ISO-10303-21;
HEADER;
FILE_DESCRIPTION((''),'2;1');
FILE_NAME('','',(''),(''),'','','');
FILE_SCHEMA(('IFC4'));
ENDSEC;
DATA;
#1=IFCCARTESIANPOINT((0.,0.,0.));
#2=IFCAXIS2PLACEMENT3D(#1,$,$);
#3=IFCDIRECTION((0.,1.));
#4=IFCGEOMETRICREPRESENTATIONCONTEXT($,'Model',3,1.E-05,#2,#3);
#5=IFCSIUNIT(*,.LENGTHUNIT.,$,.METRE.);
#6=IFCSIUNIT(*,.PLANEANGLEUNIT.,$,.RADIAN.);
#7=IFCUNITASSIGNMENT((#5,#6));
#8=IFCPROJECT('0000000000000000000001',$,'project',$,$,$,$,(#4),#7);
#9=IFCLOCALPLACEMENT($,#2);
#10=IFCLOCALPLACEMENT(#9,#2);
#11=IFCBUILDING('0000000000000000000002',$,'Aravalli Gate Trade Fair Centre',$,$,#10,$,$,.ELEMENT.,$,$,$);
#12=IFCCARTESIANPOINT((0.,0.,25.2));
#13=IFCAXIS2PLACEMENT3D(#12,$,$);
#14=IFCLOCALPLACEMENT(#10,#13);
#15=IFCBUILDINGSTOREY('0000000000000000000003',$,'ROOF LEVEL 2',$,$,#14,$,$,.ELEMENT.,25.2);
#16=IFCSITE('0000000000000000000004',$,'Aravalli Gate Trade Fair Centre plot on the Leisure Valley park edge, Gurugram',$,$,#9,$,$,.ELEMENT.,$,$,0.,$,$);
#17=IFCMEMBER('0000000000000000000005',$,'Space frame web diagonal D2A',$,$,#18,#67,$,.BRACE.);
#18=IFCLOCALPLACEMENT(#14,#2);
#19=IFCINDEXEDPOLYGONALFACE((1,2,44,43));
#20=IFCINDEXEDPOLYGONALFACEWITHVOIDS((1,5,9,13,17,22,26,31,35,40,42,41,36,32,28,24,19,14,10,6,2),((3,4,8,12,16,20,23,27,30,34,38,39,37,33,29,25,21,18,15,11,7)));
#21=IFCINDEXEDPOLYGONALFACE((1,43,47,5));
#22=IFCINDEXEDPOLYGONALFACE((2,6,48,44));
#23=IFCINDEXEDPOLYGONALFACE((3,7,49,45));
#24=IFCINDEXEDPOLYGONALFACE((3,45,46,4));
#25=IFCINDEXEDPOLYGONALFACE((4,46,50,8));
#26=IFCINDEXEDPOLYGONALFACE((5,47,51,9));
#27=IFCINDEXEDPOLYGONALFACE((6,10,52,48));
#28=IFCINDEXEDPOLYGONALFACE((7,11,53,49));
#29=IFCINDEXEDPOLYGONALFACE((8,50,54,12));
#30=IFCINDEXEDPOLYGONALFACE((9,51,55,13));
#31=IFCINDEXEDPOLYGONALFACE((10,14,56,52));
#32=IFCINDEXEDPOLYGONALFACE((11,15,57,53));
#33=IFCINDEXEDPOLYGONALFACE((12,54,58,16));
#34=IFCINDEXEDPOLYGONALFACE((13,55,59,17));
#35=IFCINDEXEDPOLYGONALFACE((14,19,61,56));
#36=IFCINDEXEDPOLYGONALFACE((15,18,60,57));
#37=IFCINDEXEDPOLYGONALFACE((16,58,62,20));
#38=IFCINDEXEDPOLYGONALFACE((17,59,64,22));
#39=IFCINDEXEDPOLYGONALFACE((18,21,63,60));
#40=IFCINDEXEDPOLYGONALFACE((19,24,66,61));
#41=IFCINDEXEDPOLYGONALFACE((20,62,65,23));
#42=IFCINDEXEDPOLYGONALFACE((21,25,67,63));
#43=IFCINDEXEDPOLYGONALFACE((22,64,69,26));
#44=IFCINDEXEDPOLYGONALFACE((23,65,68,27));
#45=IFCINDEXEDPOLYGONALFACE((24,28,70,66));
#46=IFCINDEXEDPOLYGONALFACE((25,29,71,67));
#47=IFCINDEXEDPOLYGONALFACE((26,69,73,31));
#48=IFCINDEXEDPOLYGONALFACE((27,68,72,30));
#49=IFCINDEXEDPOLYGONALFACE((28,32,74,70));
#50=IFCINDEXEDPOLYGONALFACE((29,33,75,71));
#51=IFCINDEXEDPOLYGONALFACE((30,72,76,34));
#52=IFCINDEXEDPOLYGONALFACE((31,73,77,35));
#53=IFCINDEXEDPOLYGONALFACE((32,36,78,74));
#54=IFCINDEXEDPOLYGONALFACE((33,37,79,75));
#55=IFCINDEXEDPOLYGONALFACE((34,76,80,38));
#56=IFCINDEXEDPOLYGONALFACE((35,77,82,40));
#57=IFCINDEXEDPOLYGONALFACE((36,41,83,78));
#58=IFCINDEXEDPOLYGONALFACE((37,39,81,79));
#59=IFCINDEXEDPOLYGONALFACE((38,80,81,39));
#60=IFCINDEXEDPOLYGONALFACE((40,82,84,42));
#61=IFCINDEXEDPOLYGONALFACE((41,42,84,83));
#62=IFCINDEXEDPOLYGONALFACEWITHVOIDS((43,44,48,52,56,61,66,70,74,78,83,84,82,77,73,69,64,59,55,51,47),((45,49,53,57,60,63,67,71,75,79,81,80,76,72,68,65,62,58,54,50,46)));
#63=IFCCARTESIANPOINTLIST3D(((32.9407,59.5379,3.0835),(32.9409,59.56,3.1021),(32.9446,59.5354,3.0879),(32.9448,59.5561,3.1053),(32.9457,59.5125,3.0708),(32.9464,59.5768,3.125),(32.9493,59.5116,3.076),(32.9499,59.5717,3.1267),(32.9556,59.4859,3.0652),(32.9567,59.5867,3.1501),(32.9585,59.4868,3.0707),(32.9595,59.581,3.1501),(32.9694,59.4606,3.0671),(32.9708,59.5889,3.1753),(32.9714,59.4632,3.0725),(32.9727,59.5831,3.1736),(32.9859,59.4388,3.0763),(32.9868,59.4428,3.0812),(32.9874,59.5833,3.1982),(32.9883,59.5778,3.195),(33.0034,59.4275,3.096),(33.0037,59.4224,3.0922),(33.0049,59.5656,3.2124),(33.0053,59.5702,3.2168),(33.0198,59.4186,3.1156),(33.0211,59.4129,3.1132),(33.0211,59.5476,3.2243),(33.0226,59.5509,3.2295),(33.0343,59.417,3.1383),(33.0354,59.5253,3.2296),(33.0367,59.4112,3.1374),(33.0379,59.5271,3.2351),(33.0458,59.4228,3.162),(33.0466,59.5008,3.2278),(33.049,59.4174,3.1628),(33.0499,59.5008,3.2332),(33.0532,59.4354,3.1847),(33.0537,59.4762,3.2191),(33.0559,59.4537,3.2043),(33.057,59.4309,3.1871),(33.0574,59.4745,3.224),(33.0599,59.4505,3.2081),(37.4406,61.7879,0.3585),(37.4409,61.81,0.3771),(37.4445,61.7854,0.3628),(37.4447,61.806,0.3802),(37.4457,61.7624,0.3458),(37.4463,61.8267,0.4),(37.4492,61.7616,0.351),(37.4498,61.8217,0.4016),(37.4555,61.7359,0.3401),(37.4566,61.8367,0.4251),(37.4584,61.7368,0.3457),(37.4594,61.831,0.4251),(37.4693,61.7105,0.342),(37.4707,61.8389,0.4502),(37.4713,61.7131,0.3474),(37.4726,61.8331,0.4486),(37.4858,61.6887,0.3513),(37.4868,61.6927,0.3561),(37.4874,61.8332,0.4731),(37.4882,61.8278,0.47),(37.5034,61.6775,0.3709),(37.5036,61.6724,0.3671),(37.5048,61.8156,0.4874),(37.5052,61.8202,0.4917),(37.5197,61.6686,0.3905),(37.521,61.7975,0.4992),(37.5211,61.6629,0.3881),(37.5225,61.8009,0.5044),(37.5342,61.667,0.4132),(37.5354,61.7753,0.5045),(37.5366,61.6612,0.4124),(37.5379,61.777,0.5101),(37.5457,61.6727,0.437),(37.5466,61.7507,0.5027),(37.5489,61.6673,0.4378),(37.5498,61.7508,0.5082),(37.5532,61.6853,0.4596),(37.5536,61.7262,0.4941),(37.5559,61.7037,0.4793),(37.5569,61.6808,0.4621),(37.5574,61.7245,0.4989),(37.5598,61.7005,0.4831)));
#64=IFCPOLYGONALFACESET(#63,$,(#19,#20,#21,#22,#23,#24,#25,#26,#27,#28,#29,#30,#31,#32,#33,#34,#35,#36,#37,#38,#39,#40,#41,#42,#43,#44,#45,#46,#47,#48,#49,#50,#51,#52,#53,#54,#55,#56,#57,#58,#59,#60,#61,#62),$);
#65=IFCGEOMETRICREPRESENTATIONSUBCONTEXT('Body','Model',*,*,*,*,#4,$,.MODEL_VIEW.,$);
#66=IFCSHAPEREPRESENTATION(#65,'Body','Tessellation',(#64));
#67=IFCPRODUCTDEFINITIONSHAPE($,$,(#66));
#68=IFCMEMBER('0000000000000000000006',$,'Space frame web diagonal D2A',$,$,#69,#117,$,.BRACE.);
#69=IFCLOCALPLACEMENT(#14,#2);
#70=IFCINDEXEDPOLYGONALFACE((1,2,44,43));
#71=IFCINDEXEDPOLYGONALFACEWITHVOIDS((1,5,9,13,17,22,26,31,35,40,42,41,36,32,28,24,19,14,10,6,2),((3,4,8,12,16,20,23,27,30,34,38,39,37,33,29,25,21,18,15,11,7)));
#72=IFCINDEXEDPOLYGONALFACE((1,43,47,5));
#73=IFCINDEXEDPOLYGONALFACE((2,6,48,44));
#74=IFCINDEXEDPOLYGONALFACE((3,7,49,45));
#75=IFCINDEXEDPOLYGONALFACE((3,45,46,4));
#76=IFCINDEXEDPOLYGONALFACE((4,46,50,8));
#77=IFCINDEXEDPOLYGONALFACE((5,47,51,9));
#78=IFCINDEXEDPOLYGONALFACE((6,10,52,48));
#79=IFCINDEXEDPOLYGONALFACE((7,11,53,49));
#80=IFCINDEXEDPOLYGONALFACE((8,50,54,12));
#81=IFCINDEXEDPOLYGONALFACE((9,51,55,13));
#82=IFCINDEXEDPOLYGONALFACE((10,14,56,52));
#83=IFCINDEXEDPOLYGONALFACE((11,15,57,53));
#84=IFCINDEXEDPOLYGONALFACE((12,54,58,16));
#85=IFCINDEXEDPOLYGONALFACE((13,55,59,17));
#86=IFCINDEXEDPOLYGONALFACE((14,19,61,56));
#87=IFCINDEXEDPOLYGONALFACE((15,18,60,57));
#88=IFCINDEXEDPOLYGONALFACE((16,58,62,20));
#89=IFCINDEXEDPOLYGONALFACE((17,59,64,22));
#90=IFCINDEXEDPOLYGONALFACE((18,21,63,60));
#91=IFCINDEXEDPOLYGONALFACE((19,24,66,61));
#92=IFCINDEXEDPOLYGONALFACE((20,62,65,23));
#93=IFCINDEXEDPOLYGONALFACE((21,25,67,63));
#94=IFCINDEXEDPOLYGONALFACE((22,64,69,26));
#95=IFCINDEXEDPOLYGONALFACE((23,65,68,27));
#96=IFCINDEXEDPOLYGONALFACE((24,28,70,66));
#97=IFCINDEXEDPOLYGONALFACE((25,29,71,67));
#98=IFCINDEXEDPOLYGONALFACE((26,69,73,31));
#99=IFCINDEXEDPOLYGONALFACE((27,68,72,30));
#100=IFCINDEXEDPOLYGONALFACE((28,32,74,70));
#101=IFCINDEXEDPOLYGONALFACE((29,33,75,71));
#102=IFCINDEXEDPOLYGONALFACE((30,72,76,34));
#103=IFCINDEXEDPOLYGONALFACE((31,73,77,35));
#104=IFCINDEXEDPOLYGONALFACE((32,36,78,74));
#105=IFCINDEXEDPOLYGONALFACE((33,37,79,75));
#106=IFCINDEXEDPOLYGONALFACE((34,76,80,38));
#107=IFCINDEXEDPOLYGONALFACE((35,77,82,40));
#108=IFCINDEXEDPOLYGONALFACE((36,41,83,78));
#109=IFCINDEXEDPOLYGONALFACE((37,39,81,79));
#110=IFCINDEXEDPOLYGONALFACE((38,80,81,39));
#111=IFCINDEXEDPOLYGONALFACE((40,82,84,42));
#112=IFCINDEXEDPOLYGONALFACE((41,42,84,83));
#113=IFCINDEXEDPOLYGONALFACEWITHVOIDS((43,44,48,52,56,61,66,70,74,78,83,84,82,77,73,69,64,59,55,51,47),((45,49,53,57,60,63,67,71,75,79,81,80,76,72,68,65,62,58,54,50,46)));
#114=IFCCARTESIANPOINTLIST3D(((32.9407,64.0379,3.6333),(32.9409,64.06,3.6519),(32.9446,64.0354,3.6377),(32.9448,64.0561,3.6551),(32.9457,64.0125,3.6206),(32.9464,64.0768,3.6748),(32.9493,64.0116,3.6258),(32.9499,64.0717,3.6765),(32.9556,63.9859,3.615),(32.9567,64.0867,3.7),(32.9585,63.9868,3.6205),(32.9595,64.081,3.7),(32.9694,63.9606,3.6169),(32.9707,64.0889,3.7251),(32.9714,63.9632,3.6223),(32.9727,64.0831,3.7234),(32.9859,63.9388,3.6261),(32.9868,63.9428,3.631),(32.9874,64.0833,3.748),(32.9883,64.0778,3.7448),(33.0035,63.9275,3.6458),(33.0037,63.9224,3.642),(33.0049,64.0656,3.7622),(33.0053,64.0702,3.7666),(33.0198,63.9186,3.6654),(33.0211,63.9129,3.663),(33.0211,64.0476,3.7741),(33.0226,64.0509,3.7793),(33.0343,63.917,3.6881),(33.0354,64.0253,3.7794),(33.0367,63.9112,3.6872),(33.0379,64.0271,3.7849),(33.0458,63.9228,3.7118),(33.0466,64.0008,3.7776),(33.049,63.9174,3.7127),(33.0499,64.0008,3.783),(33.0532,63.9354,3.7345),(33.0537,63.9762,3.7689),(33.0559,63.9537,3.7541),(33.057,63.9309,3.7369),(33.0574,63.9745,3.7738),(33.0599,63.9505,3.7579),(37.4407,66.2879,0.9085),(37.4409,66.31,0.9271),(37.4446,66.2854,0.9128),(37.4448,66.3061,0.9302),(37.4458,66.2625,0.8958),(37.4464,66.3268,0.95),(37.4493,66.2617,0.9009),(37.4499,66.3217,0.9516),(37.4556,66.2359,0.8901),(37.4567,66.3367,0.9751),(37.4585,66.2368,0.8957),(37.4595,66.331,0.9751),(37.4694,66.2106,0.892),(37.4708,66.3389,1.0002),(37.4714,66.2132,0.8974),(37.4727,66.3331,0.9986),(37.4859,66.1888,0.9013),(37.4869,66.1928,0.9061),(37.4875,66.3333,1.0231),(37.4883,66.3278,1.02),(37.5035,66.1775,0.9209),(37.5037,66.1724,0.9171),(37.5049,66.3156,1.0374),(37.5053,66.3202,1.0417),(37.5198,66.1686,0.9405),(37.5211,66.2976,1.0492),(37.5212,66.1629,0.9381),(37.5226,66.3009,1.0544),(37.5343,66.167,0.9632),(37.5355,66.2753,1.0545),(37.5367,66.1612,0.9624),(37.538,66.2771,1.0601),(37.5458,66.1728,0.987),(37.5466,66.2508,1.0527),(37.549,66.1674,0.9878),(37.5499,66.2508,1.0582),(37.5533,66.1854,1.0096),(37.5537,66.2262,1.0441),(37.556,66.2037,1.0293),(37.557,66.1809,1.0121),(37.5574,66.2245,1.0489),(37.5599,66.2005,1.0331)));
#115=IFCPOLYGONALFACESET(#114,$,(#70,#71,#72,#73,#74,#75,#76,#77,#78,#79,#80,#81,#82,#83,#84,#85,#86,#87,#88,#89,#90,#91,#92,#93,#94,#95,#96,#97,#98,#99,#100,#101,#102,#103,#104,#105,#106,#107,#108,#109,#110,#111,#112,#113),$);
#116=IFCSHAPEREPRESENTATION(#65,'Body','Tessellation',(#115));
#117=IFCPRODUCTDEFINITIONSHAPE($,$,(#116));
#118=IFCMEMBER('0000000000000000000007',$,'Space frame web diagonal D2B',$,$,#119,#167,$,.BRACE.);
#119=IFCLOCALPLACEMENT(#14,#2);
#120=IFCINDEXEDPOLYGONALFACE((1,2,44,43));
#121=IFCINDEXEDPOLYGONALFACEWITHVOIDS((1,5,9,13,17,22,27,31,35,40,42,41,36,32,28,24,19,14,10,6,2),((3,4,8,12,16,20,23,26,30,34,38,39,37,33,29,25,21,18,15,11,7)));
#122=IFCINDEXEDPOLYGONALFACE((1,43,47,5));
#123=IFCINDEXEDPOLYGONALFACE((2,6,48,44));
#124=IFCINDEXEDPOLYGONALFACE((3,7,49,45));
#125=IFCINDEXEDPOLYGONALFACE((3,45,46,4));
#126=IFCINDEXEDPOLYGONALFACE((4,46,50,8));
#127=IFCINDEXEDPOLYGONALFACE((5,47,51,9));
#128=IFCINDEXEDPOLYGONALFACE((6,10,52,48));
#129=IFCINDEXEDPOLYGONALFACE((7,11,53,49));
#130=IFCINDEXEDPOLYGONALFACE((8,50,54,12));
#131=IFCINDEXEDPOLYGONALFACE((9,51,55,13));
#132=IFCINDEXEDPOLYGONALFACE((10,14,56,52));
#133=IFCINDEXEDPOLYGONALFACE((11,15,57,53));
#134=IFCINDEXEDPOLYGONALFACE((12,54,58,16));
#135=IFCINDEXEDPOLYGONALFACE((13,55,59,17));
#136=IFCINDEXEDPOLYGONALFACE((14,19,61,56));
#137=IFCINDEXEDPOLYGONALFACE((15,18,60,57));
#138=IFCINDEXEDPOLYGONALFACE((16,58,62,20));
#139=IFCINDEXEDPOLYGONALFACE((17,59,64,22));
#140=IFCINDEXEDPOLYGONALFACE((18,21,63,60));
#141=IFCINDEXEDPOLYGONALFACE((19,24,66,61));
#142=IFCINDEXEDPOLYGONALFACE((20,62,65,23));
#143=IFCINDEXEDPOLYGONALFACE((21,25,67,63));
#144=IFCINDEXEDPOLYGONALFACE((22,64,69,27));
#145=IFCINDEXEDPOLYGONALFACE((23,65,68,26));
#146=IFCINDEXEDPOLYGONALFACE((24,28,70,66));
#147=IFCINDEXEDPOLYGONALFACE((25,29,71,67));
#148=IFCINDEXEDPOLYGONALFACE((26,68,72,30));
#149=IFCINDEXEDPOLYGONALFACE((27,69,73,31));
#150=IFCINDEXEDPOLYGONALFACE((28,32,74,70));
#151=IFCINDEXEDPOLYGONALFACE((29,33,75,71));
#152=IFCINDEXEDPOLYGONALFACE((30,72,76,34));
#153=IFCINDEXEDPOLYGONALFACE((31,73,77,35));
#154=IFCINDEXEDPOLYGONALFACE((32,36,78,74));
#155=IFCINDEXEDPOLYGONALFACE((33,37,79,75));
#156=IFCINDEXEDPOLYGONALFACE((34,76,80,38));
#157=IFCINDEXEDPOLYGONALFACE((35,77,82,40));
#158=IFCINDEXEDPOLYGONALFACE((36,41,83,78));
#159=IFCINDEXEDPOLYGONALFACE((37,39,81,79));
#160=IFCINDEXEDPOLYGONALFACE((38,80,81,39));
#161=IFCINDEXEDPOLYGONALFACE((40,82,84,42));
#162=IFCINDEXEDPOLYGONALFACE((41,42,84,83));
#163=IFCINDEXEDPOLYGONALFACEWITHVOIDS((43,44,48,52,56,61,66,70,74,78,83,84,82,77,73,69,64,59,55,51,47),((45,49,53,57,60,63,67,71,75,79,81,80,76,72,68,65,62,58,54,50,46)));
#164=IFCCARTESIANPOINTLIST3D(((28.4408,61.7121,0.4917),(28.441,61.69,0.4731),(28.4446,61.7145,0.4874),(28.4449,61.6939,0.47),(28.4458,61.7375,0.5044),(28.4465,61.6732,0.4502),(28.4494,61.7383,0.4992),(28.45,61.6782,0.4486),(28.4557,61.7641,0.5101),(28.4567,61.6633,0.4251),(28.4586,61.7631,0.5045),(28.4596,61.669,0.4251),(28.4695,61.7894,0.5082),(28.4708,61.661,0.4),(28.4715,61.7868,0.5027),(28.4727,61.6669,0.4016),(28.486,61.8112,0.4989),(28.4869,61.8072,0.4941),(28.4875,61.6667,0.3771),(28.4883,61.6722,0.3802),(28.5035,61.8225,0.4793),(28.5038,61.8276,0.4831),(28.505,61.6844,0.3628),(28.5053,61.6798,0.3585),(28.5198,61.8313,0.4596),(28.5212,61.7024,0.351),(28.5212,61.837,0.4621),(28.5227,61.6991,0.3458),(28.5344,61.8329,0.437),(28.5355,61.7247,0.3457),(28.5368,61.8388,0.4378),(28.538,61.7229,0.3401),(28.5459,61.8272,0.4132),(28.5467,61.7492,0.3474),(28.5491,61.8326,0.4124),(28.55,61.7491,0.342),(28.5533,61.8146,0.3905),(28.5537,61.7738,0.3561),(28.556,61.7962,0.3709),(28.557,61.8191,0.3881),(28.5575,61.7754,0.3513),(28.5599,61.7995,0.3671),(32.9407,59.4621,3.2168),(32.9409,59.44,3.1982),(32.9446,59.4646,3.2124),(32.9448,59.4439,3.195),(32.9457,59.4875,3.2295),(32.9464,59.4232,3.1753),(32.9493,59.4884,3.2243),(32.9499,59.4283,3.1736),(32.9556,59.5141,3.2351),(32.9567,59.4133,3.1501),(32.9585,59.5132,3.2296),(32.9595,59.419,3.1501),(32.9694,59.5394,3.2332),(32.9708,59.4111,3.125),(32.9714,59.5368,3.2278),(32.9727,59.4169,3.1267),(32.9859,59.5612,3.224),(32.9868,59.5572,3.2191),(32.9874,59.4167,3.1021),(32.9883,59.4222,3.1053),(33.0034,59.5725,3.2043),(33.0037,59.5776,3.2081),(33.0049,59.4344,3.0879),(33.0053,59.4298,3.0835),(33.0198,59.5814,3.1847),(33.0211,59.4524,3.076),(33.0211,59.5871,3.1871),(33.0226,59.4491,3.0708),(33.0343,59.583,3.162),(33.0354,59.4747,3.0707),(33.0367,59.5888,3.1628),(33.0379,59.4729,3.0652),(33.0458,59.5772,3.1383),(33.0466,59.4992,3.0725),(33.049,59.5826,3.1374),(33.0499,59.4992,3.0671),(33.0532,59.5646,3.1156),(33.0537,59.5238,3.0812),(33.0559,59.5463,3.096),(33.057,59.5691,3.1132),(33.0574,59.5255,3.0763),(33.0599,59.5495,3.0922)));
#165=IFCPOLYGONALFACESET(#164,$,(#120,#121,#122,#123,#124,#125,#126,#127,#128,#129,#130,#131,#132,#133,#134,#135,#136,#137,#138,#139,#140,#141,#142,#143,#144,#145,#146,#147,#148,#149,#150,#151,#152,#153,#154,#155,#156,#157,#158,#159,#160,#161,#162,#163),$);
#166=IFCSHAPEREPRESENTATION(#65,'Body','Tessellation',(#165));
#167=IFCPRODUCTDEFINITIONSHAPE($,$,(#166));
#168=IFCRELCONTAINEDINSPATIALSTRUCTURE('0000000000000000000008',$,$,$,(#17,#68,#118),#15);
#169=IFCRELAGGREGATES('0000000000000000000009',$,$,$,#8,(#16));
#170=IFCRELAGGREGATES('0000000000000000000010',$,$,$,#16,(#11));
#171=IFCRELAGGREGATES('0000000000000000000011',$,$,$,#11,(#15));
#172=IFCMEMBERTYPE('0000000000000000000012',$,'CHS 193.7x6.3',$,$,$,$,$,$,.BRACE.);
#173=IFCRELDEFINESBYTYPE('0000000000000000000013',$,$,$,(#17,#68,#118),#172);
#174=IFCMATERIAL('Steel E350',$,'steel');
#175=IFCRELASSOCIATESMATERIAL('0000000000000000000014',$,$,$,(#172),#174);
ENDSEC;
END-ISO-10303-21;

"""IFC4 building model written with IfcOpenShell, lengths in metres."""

from ifc_helpers import new_model, si_unit, direction, frame, origin, origin_2d, place, context, subcontext, project, spatial, hollow_circle, extrude, material, material_profile, profile_set, type_object, element, save


model = new_model("IFC4")

# Units and contexts
model_context = context("Model", 3, precision=1e-05, world=origin(), true_north=direction((0.0, 1.0)))
body_context = subcontext(model_context, "Body", "Model", "MODEL_VIEW")
ifc_project = project(units=[si_unit("LENGTHUNIT", "METRE"), si_unit("PLANEANGLEUNIT", "RADIAN")], contexts=[model_context])

# Site, building, storey
site_placement = place(None, origin())
site = spatial("IfcSite", under=ifc_project, at=site_placement, Name="Aravalli Gate Trade Fair Centre plot on the Leisure Valley park edge, Gurugram", CompositionType="ELEMENT", RefElevation=0.0)
building_placement = place(site_placement, origin())
building = spatial("IfcBuilding", under=site, at=building_placement, Name="Aravalli Gate Trade Fair Centre", CompositionType="ELEMENT")
storey_placement = place(building_placement, frame((0.0, 0.0, 25.2)))
storey = spatial("IfcBuildingStorey", under=building, at=storey_placement, Name="ROOF LEVEL 2", CompositionType="ELEMENT", Elevation=25.2)

# Members
ifc_material_1 = material(Name="Steel E350", Category="steel")
ifc_material_profile_1 = material_profile(ifc_material_1, hollow_circle(Radius=0.0969, WallThickness=0.0063, at=origin_2d()), Name="CHS 193.7x6.3")
ifc_profile_set_1 = profile_set([ifc_material_profile_1], Name="Steel E350")
member_type_1 = type_object("IfcMemberType", Name="CHS 193.7x6.3", PredefinedType="BRACE", material=ifc_profile_set_1)
for number, where, z_axis, x_axis, name in (
    (1, (33.0, 59.5, 3.1501), (0.78647, 0.393235, -0.476268), (-0.447214, 0.894427, 0.0), "Space frame web diagonal D2A"),
    (2, (33.0, 64.0, 3.7), (0.786486, 0.393243, -0.476235), (-0.447214, 0.894427, 0.0), "Space frame web diagonal D2A"),
    (3, (33.0, 59.5, 3.1501), (-0.78647, 0.393235, -0.476268), (-0.447214, -0.894427, 0.0), "Space frame web diagonal D2B"),
):
    element("IfcMember", number, at=place(storey_placement, frame(where, z_axis=z_axis, x_axis=x_axis)), inside=storey, type_object=member_type_1, Name=name, PredefinedType="BRACE", context=body_context, shape_type="SweptSolid", body=[
        extrude(hollow_circle(Radius=0.0969, WallThickness=0.0063, at=origin_2d()), origin(), (0.0, 0.0, 1.0), 5.7217),
    ])

save(model, "model.ifc")
